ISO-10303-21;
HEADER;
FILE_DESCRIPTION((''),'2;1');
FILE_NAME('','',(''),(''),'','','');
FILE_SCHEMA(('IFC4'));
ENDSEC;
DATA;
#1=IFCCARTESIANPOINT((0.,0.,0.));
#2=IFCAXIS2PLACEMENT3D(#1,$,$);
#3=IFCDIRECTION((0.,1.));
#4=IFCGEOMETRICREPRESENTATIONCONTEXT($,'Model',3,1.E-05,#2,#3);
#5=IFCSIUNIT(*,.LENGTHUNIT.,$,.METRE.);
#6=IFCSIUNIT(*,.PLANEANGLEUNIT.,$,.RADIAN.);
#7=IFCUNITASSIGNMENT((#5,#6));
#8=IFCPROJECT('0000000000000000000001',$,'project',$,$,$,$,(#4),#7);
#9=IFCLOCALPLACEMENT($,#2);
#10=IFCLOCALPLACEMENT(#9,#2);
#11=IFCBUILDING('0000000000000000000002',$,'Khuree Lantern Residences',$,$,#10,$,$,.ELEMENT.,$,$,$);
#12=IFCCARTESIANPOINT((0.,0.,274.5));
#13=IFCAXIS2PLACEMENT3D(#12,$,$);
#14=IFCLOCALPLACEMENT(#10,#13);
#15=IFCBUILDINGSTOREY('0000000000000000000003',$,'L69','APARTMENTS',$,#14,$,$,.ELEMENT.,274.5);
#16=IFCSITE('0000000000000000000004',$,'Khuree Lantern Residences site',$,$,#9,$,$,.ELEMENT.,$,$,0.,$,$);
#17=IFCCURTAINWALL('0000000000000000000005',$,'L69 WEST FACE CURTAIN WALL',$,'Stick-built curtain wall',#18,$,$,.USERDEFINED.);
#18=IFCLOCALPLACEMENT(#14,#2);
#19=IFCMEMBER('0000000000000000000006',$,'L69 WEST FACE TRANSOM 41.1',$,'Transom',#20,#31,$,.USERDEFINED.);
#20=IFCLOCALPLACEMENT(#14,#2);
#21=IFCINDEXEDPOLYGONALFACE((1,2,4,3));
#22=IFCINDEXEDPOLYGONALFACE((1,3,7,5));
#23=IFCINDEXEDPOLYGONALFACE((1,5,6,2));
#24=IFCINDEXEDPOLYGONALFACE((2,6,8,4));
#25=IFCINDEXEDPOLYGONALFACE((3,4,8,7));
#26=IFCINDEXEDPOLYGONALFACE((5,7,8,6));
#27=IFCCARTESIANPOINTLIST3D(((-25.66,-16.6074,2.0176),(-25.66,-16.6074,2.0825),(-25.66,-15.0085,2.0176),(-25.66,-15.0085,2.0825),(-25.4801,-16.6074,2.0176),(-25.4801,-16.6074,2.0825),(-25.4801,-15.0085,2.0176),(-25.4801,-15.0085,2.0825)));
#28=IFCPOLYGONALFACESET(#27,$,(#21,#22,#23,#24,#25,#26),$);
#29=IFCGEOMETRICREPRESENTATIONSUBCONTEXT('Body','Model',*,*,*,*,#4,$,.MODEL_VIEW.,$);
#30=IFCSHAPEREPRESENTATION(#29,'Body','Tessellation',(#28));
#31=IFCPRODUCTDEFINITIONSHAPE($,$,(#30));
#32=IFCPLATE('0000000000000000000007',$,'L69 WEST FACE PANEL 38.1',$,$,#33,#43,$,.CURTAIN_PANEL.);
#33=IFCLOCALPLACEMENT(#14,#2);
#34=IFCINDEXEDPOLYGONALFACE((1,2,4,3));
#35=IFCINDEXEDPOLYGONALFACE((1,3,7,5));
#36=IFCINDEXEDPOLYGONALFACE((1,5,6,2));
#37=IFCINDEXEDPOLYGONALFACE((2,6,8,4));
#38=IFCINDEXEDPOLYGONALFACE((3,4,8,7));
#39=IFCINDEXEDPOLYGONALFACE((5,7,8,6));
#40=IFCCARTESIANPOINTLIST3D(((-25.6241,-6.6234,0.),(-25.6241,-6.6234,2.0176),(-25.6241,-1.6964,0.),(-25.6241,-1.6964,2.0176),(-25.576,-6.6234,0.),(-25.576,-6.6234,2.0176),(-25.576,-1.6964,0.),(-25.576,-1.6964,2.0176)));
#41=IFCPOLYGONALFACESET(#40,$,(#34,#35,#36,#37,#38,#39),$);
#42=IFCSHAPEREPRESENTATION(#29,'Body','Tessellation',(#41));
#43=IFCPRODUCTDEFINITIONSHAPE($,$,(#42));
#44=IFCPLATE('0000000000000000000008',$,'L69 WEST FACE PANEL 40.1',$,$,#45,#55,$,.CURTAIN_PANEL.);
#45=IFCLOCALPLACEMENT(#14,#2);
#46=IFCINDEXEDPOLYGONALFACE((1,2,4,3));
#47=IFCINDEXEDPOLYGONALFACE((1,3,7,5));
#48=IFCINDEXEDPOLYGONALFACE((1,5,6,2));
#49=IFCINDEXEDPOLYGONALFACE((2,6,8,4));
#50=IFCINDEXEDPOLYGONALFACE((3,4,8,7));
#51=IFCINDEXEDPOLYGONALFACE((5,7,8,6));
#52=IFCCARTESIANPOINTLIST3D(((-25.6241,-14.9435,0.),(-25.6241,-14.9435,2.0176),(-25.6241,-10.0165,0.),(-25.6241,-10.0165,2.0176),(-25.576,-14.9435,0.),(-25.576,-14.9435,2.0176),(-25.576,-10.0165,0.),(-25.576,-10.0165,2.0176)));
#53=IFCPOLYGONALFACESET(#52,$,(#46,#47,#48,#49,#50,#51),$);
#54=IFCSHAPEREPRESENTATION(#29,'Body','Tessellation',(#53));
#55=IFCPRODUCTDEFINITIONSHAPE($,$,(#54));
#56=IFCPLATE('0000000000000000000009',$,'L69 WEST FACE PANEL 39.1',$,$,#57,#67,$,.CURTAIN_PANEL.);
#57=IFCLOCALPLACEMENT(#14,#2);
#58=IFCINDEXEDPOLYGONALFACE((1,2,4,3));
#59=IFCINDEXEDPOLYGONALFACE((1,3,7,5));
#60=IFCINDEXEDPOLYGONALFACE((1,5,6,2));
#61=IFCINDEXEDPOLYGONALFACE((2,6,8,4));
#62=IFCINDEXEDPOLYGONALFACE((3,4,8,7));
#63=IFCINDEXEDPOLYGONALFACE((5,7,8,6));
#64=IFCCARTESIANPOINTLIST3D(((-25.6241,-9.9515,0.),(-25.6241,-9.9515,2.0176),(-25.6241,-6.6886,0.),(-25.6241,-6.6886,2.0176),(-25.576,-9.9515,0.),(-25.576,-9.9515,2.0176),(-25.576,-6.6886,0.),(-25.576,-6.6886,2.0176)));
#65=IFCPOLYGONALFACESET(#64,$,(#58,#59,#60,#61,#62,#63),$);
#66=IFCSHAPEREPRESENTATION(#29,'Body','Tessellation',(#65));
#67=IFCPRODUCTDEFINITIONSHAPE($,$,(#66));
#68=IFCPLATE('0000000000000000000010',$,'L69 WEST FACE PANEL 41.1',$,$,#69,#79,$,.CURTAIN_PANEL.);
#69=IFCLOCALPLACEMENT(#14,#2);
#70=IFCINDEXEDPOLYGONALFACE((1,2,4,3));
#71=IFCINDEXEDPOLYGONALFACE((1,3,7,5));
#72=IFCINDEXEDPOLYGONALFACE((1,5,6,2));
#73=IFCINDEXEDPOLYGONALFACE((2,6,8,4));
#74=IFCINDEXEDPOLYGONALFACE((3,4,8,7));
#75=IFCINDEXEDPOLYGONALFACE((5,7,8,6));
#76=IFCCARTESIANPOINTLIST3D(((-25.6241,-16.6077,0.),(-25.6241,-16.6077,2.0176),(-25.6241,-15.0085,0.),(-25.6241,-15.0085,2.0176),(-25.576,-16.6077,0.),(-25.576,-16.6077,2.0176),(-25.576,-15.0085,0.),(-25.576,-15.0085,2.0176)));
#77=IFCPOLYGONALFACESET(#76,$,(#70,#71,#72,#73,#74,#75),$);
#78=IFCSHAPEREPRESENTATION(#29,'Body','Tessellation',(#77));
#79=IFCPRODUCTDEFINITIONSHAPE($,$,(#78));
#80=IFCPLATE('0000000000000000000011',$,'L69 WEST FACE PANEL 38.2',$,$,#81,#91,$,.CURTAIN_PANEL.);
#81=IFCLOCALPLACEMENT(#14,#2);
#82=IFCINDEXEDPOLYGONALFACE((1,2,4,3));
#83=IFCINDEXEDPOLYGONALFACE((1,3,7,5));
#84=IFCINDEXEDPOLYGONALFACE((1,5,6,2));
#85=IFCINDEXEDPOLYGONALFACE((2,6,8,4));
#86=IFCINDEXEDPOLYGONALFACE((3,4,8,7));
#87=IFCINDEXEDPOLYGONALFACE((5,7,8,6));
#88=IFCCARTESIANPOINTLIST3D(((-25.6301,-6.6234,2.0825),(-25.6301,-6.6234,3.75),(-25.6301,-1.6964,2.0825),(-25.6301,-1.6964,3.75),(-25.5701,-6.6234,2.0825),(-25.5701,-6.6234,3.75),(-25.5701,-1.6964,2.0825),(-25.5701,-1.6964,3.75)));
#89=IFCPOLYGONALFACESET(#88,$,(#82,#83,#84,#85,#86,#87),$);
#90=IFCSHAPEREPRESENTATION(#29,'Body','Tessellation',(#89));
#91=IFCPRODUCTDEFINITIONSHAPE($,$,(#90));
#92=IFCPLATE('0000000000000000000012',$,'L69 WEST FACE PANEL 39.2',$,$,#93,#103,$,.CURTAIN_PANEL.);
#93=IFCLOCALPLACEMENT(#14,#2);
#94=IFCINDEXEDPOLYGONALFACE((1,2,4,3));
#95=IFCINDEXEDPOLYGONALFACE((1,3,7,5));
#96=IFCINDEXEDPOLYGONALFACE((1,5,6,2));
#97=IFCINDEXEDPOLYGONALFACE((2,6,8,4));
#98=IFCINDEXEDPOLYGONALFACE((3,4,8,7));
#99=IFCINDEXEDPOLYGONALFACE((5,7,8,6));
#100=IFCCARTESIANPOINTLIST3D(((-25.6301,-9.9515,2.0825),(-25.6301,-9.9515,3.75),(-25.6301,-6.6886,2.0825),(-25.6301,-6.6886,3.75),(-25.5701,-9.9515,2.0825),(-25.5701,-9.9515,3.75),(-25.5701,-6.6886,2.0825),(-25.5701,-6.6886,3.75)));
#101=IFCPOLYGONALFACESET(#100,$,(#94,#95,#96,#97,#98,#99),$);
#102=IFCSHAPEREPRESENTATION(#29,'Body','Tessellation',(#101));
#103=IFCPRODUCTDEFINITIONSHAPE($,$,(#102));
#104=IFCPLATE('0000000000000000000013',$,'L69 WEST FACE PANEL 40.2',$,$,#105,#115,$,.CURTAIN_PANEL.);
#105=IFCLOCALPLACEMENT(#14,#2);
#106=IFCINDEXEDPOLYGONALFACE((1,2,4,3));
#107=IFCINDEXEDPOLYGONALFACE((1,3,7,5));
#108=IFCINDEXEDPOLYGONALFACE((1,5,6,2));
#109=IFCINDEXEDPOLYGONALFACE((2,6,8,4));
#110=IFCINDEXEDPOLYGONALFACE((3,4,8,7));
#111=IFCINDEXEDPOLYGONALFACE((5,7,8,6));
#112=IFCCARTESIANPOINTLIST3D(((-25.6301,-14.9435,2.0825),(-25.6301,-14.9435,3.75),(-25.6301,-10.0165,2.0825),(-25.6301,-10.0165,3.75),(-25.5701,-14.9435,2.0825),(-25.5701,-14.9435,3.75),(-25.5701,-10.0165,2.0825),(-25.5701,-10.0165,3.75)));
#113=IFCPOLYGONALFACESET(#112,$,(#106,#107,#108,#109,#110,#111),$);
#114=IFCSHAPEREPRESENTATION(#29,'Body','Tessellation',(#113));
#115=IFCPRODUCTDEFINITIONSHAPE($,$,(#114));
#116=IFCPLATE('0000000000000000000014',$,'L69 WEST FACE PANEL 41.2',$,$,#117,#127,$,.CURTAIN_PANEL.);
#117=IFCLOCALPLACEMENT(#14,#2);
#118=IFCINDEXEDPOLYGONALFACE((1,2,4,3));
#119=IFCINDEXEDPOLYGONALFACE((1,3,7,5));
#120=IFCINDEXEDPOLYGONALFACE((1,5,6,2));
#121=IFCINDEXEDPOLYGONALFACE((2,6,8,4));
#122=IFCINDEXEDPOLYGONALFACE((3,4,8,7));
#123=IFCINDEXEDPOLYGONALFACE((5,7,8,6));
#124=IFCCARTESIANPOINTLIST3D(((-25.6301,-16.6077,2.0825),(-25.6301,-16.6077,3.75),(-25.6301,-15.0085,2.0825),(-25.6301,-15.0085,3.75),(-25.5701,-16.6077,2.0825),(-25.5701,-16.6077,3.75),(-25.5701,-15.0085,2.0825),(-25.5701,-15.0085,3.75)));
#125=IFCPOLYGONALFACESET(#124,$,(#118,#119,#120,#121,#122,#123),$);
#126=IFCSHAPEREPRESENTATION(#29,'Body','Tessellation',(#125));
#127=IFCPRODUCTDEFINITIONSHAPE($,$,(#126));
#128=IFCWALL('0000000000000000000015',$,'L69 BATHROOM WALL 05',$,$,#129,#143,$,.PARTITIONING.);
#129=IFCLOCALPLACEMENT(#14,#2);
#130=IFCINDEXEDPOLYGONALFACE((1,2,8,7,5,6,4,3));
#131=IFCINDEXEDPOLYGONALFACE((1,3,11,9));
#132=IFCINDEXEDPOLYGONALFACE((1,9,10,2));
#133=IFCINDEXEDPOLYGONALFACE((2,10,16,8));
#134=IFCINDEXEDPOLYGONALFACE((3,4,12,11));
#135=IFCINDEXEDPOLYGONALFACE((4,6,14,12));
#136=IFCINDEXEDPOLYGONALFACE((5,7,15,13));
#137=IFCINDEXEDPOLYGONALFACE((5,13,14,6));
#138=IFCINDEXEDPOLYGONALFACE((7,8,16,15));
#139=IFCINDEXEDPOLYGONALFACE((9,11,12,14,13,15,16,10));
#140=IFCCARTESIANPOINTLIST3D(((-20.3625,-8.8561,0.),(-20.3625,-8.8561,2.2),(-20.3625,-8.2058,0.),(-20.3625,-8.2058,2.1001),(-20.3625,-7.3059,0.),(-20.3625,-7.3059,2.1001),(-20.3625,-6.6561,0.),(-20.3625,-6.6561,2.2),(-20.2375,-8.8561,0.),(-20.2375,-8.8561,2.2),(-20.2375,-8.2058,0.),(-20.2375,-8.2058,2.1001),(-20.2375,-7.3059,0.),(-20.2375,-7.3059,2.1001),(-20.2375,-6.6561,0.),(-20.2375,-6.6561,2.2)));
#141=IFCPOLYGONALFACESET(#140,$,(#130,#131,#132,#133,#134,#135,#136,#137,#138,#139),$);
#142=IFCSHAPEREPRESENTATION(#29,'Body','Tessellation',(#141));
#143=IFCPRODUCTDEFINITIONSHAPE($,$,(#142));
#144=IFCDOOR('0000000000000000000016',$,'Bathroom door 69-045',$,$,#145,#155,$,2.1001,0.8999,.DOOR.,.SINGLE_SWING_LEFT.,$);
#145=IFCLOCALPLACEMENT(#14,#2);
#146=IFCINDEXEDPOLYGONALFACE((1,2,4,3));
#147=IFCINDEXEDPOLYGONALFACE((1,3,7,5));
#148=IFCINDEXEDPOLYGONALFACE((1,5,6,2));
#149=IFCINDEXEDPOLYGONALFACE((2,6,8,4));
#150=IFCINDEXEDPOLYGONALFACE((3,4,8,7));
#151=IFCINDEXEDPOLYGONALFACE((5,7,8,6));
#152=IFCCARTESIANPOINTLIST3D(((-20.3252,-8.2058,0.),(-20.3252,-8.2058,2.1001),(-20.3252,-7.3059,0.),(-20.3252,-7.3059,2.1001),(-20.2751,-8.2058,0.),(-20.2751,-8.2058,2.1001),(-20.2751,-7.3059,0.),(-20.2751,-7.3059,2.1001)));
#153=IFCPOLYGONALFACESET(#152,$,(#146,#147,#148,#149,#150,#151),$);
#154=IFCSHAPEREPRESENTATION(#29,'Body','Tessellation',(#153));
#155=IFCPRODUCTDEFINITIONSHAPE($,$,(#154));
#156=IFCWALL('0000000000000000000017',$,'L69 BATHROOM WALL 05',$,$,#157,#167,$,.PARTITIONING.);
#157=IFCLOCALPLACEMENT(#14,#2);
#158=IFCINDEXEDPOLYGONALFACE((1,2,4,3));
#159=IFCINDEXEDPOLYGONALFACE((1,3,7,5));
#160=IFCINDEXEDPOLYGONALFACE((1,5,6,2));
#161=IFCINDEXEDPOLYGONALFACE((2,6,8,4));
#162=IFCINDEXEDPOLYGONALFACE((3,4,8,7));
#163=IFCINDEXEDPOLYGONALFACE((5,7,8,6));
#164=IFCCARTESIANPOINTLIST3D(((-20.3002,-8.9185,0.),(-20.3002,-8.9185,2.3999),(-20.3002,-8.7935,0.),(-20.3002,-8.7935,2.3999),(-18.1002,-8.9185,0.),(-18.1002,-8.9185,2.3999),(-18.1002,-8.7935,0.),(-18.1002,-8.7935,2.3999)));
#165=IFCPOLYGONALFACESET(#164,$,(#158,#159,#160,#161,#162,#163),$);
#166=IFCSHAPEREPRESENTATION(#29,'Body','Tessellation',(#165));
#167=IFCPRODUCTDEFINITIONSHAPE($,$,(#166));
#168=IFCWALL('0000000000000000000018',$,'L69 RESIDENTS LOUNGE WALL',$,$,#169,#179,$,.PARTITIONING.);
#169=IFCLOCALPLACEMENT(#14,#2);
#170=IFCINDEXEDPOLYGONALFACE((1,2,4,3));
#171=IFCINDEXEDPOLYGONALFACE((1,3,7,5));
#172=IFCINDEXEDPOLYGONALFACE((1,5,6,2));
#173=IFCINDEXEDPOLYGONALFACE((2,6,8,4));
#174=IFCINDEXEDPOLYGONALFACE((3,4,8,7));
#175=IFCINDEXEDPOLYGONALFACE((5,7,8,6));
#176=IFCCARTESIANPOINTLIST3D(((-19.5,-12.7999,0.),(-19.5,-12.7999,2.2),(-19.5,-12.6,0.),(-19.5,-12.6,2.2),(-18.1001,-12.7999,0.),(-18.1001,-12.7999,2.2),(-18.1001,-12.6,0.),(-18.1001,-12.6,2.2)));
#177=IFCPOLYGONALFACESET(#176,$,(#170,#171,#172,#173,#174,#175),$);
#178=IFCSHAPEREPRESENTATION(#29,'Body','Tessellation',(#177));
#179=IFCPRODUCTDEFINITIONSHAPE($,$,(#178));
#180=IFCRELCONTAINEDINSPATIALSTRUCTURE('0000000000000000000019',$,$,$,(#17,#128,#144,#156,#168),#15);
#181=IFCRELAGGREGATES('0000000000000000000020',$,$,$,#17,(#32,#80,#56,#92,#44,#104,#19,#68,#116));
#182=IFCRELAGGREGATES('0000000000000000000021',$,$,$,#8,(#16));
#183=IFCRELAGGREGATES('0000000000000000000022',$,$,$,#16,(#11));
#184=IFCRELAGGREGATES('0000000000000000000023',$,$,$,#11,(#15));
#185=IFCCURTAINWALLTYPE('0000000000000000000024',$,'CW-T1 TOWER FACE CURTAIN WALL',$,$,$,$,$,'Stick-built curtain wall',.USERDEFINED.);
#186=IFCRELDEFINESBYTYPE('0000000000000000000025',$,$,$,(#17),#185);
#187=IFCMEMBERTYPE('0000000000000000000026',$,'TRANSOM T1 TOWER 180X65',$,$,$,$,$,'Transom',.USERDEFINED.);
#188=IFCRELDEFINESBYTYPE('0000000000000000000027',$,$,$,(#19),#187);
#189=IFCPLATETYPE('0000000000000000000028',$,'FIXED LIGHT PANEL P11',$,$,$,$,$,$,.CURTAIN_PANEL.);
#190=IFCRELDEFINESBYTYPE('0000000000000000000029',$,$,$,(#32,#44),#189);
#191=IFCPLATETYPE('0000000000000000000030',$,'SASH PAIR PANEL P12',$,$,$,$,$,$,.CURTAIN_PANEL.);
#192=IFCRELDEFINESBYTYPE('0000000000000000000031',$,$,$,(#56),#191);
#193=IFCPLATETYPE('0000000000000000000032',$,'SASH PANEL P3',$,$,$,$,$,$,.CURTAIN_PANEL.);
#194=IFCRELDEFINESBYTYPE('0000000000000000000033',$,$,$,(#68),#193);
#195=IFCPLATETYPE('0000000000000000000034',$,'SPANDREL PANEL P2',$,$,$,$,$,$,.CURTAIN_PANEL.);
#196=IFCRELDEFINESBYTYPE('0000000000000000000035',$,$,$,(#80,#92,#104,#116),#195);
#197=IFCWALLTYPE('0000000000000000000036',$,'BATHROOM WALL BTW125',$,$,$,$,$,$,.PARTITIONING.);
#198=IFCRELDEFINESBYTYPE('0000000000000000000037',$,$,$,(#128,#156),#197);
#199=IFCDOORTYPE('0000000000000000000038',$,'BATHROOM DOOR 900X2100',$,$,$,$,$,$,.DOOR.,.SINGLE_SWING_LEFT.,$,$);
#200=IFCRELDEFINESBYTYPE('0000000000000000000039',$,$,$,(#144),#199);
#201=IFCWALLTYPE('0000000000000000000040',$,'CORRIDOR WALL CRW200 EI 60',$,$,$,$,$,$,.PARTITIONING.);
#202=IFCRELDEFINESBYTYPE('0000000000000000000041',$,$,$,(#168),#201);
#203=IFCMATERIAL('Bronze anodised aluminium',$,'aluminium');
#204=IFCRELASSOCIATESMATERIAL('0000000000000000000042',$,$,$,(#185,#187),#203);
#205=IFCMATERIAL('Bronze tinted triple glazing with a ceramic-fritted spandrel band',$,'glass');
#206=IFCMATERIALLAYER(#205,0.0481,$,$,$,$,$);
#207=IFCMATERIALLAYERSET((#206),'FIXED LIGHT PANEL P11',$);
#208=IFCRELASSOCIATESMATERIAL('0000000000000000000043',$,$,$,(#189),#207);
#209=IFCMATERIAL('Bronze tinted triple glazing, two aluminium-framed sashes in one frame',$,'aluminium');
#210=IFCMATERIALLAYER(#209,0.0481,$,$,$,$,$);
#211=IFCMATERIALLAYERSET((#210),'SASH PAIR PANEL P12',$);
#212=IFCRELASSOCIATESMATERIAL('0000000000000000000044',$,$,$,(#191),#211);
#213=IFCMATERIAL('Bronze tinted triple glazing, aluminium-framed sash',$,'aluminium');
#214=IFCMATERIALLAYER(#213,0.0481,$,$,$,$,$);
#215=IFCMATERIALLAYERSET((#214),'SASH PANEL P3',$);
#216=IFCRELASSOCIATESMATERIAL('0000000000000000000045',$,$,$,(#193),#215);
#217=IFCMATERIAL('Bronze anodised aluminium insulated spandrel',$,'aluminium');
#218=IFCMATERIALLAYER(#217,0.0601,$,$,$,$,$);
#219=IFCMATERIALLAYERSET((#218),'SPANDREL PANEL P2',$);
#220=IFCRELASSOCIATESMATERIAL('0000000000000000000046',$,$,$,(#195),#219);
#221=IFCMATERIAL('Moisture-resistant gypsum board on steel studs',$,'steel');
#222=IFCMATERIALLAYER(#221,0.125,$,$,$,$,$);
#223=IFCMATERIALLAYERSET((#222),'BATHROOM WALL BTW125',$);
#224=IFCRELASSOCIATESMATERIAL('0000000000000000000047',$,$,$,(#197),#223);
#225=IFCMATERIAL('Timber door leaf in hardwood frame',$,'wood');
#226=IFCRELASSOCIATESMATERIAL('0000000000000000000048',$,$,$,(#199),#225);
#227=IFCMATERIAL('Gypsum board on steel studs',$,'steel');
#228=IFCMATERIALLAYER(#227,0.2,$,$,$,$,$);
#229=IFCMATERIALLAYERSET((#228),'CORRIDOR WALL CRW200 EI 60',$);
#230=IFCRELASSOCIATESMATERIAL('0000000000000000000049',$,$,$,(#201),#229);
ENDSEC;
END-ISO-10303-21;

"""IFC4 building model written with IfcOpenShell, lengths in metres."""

from ifc_helpers import new_model, si_unit, direction, frame, frame_2d, origin, origin_2d, place, context, subcontext, project, spatial, rectangle, extrude, material, layer, layer_set, material_profile, profile_set, type_object, element, fill, aggregate, save


model = new_model("IFC4")

# Units and contexts
model_context = context("Model", 3, precision=1e-05, world=origin(), true_north=direction((0.0, 1.0)))
body_context = subcontext(model_context, "Body", "Model", "MODEL_VIEW")
ifc_project = project(units=[si_unit("LENGTHUNIT", "METRE"), si_unit("PLANEANGLEUNIT", "RADIAN")], contexts=[model_context])

# Site, building, storey
site_placement = place(None, origin())
site = spatial("IfcSite", under=ifc_project, at=site_placement, Name="Khuree Lantern Residences site", CompositionType="ELEMENT", RefElevation=0.0)
building_placement = place(site_placement, origin())
building = spatial("IfcBuilding", under=site, at=building_placement, Name="Khuree Lantern Residences", CompositionType="ELEMENT")
storey_placement = place(building_placement, frame((0.0, 0.0, 274.5)))
storey = spatial("IfcBuildingStorey", under=building, at=storey_placement, Name="L69", Description="APARTMENTS", CompositionType="ELEMENT", Elevation=274.5)

# Curtain wall
ifc_material_1 = material(Name="Bronze anodised aluminium", Category="aluminium")
curtain_wall_type = type_object("IfcCurtainWallType", Name="CW-T1 TOWER FACE CURTAIN WALL", ElementType="Stick-built curtain wall", PredefinedType="USERDEFINED", material=ifc_material_1)
curtain_wall_placement = place(storey_placement, origin())
curtain_wall = element("IfcCurtainWall", 1, at=curtain_wall_placement, inside=storey, type_object=curtain_wall_type, Name="L69 WEST FACE CURTAIN WALL", ObjectType="Stick-built curtain wall", PredefinedType="USERDEFINED")

# Member
ifc_material_profile_1 = material_profile(ifc_material_1, rectangle(XDim=0.1799, YDim=0.0649, at=origin_2d()), Name="T1 180X65")
ifc_profile_set_1 = profile_set([ifc_material_profile_1], Name="Bronze anodised aluminium")
member_type_1 = type_object("IfcMemberType", Name="TRANSOM T1 TOWER 180X65", ElementType="Transom", PredefinedType="USERDEFINED", material=ifc_profile_set_1)
member_1_placement = place(storey_placement, frame((-25.5701, -15.0085, 2.05), z_axis=(0.0, -1.0, 0.0), x_axis=(1.0, 0.0, 0.0)))
member_1 = element("IfcMember", 2, at=member_1_placement, type_object=member_type_1, Name="L69 WEST FACE TRANSOM 41.1", ObjectType="Transom", PredefinedType="USERDEFINED", context=body_context, shape_type="SweptSolid", body=[
    extrude(rectangle(XDim=0.1799, YDim=0.0649, at=origin_2d()), origin(), (0.0, 0.0, 1.0), 1.5989),
])

# Plates
ifc_material_2 = material(Name="Bronze tinted triple glazing with a ceramic-fritted spandrel band", Category="glass")
ifc_layer_1 = layer(ifc_material_2, 0.0481)
ifc_layer_set_1 = layer_set([ifc_layer_1], Name="FIXED LIGHT PANEL P11")
plate_type_1 = type_object("IfcPlateType", Name="FIXED LIGHT PANEL P11", PredefinedType="CURTAIN_PANEL", material=ifc_layer_set_1)
plate_1_placement = place(storey_placement, frame((-25.6001, -4.1599, 0.0), z_axis=(0.0, 0.0, 1.0), x_axis=(0.0, -1.0, 0.0)))
plate_1 = element("IfcPlate", 3, at=plate_1_placement, type_object=plate_type_1, Name="L69 WEST FACE PANEL 38.1", PredefinedType="CURTAIN_PANEL", context=body_context, shape_type="SweptSolid", body=[
    extrude(rectangle(XDim=4.927, YDim=0.0481, at=origin_2d()), origin(), (0.0, 0.0, 1.0), 2.0176),
])
plate_2_placement = place(storey_placement, frame((-25.6001, -12.48, 0.0), z_axis=(0.0, 0.0, 1.0), x_axis=(0.0, -1.0, 0.0)))
plate_2 = element("IfcPlate", 4, at=plate_2_placement, type_object=plate_type_1, Name="L69 WEST FACE PANEL 40.1", PredefinedType="CURTAIN_PANEL", context=body_context, shape_type="SweptSolid", body=[
    extrude(rectangle(XDim=4.927, YDim=0.0481, at=origin_2d()), origin(), (0.0, 0.0, 1.0), 2.0176),
])
ifc_material_3 = material(Name="Bronze tinted triple glazing, two aluminium-framed sashes in one frame", Category="aluminium")
ifc_layer_2 = layer(ifc_material_3, 0.0481)
ifc_layer_set_2 = layer_set([ifc_layer_2], Name="SASH PAIR PANEL P12")
plate_type_2 = type_object("IfcPlateType", Name="SASH PAIR PANEL P12", PredefinedType="CURTAIN_PANEL", material=ifc_layer_set_2)
plate_3_placement = place(storey_placement, frame((-25.6001, -8.3201, 0.0), z_axis=(0.0, 0.0, 1.0), x_axis=(0.0, -1.0, 0.0)))
plate_3 = element("IfcPlate", 5, at=plate_3_placement, type_object=plate_type_2, Name="L69 WEST FACE PANEL 39.1", PredefinedType="CURTAIN_PANEL", context=body_context, shape_type="SweptSolid", body=[
    extrude(rectangle(XDim=3.2629, YDim=0.0481, at=origin_2d()), origin(), (0.0, 0.0, 1.0), 2.0176),
])
ifc_material_4 = material(Name="Bronze tinted triple glazing, aluminium-framed sash", Category="aluminium")
ifc_layer_3 = layer(ifc_material_4, 0.0481)
ifc_layer_set_3 = layer_set([ifc_layer_3], Name="SASH PANEL P3")
plate_type_3 = type_object("IfcPlateType", Name="SASH PANEL P3", PredefinedType="CURTAIN_PANEL", material=ifc_layer_set_3)
plate_4_placement = place(storey_placement, frame((-25.6001, -15.8081, 0.0), z_axis=(0.0, 0.0, 1.0), x_axis=(0.0, -1.0, 0.0)))
plate_4 = element("IfcPlate", 6, at=plate_4_placement, type_object=plate_type_3, Name="L69 WEST FACE PANEL 41.1", PredefinedType="CURTAIN_PANEL", context=body_context, shape_type="SweptSolid", body=[
    extrude(rectangle(XDim=1.5991, YDim=0.0481, at=origin_2d()), origin(), (0.0, 0.0, 1.0), 2.0176),
])
ifc_material_5 = material(Name="Bronze anodised aluminium insulated spandrel", Category="aluminium")
ifc_layer_4 = layer(ifc_material_5, 0.0601)
ifc_layer_set_4 = layer_set([ifc_layer_4], Name="SPANDREL PANEL P2")
plate_type_4 = type_object("IfcPlateType", Name="SPANDREL PANEL P2", PredefinedType="CURTAIN_PANEL", material=ifc_layer_set_4)
plate_5_placement = place(storey_placement, frame((-25.6001, -4.1599, 2.0825), z_axis=(0.0, 0.0, 1.0), x_axis=(0.0, -1.0, 0.0)))
plate_5 = element("IfcPlate", 7, at=plate_5_placement, type_object=plate_type_4, Name="L69 WEST FACE PANEL 38.2", PredefinedType="CURTAIN_PANEL", context=body_context, shape_type="SweptSolid", body=[
    extrude(rectangle(XDim=4.927, YDim=0.0601, at=origin_2d()), origin(), (0.0, 0.0, 1.0), 1.6675),
])
plate_6_placement = place(storey_placement, frame((-25.6001, -8.3201, 2.0825), z_axis=(0.0, 0.0, 1.0), x_axis=(0.0, -1.0, 0.0)))
plate_6 = element("IfcPlate", 8, at=plate_6_placement, type_object=plate_type_4, Name="L69 WEST FACE PANEL 39.2", PredefinedType="CURTAIN_PANEL", context=body_context, shape_type="SweptSolid", body=[
    extrude(rectangle(XDim=3.2629, YDim=0.0601, at=origin_2d()), origin(), (0.0, 0.0, 1.0), 1.6675),
])
plate_7_placement = place(storey_placement, frame((-25.6001, -12.48, 2.0825), z_axis=(0.0, 0.0, 1.0), x_axis=(0.0, -1.0, 0.0)))
plate_7 = element("IfcPlate", 9, at=plate_7_placement, type_object=plate_type_4, Name="L69 WEST FACE PANEL 40.2", PredefinedType="CURTAIN_PANEL", context=body_context, shape_type="SweptSolid", body=[
    extrude(rectangle(XDim=4.927, YDim=0.0601, at=origin_2d()), origin(), (0.0, 0.0, 1.0), 1.6675),
])
plate_8_placement = place(storey_placement, frame((-25.6001, -15.8081, 2.0825), z_axis=(0.0, 0.0, 1.0), x_axis=(0.0, -1.0, 0.0)))
plate_8 = element("IfcPlate", 10, at=plate_8_placement, type_object=plate_type_4, Name="L69 WEST FACE PANEL 41.2", PredefinedType="CURTAIN_PANEL", context=body_context, shape_type="SweptSolid", body=[
    extrude(rectangle(XDim=1.5991, YDim=0.0601, at=origin_2d()), origin(), (0.0, 0.0, 1.0), 1.6675),
])
aggregate(curtain_wall, [plate_1, plate_5, plate_3, plate_6, plate_2, plate_7, member_1, plate_4, plate_8])

# Wall, opening, door
ifc_material_6 = material(Name="Moisture-resistant gypsum board on steel studs", Category="steel")
ifc_layer_5 = layer(ifc_material_6, 0.125)
ifc_layer_set_5 = layer_set([ifc_layer_5], Name="BATHROOM WALL BTW125")
wall_type_1 = type_object("IfcWallType", Name="BATHROOM WALL BTW125", PredefinedType="PARTITIONING", material=ifc_layer_set_5)
wall_1_placement = place(storey_placement, frame((-20.3, -6.656, 0.0), z_axis=(0.0, 0.0, 1.0), x_axis=(0.0, -1.0, 0.0)))
wall_1 = element("IfcWall", 11, at=wall_1_placement, inside=storey, type_object=wall_type_1, Name="L69 BATHROOM WALL 05", PredefinedType="PARTITIONING", context=body_context, shape_type="SweptSolid", body=[
    extrude(rectangle(XDim=2.2, YDim=0.125, at=frame_2d((1.1001, 0.0))), origin(), (0.0, 0.0, 1.0), 2.2),
])
opening_1_placement = place(wall_1_placement, frame((0.6499, 0.0, 0.0)))
opening_1 = element("IfcOpeningElement", 12, at=opening_1_placement, cuts=wall_1, PredefinedType="OPENING", context=body_context, shape_type="SweptSolid", body=[
    extrude(rectangle(XDim=0.8999, YDim=2.1001, at=frame_2d((0.45, 1.05))), frame((0.0, 0.0725, 0.0), z_axis=(0.0, -1.0, 0.0), x_axis=(1.0, 0.0, 0.0)), (0.0, 0.0, 1.0), 0.145),
])
ifc_material_7 = material(Name="Timber door leaf in hardwood frame", Category="wood")
door_type_1 = type_object("IfcDoorType", Name="BATHROOM DOOR 900X2100", OperationType="SINGLE_SWING_LEFT", PredefinedType="DOOR", material=ifc_material_7)
door_1_placement = place(opening_1_placement, origin())
door_1 = element("IfcDoor", 13, at=door_1_placement, inside=storey, type_object=door_type_1, Name="Bathroom door 69-045", OperationType="SINGLE_SWING_LEFT", OverallHeight=2.1001, OverallWidth=0.8999, PredefinedType="DOOR", context=body_context, shape_type="SweptSolid", body=[
    extrude(rectangle(XDim=0.8999, YDim=2.1001, at=frame_2d((0.45, 1.05))), frame((0.0, 0.0249, 0.0), z_axis=(0.0, -1.0, 0.0), x_axis=(1.0, 0.0, 0.0)), (0.0, 0.0, 1.0), 0.05),
])
fill(opening_1, door_1)

# Walls
wall_2_placement = place(storey_placement, frame((-18.1001, -8.856, 0.0), z_axis=(0.0, 0.0, 1.0), x_axis=(-1.0, 0.0, 0.0)))
element("IfcWall", 14, at=wall_2_placement, inside=storey, type_object=wall_type_1, Name="L69 BATHROOM WALL 05", PredefinedType="PARTITIONING", context=body_context, shape_type="SweptSolid", body=[
    extrude(rectangle(XDim=2.2, YDim=0.125, at=frame_2d((1.1001, 0.0))), origin(), (0.0, 0.0, 1.0), 2.3999),
])
ifc_material_8 = material(Name="Gypsum board on steel studs", Category="steel")
ifc_layer_6 = layer(ifc_material_8, 0.2)
ifc_layer_set_6 = layer_set([ifc_layer_6], Name="CORRIDOR WALL CRW200 EI 60")
wall_type_2 = type_object("IfcWallType", Name="CORRIDOR WALL CRW200 EI 60", PredefinedType="PARTITIONING", material=ifc_layer_set_6)
wall_3_placement = place(storey_placement, frame((-18.1001, -12.7, 0.0), z_axis=(0.0, 0.0, 1.0), x_axis=(-1.0, 0.0, 0.0)))
element("IfcWall", 15, at=wall_3_placement, inside=storey, type_object=wall_type_2, Name="L69 RESIDENTS LOUNGE WALL", PredefinedType="PARTITIONING", context=body_context, shape_type="SweptSolid", body=[
    extrude(rectangle(XDim=1.3999, YDim=0.2, at=frame_2d((0.7, 0.0))), origin(), (0.0, 0.0, 1.0), 2.2),
])

save(model, "model.ifc")
